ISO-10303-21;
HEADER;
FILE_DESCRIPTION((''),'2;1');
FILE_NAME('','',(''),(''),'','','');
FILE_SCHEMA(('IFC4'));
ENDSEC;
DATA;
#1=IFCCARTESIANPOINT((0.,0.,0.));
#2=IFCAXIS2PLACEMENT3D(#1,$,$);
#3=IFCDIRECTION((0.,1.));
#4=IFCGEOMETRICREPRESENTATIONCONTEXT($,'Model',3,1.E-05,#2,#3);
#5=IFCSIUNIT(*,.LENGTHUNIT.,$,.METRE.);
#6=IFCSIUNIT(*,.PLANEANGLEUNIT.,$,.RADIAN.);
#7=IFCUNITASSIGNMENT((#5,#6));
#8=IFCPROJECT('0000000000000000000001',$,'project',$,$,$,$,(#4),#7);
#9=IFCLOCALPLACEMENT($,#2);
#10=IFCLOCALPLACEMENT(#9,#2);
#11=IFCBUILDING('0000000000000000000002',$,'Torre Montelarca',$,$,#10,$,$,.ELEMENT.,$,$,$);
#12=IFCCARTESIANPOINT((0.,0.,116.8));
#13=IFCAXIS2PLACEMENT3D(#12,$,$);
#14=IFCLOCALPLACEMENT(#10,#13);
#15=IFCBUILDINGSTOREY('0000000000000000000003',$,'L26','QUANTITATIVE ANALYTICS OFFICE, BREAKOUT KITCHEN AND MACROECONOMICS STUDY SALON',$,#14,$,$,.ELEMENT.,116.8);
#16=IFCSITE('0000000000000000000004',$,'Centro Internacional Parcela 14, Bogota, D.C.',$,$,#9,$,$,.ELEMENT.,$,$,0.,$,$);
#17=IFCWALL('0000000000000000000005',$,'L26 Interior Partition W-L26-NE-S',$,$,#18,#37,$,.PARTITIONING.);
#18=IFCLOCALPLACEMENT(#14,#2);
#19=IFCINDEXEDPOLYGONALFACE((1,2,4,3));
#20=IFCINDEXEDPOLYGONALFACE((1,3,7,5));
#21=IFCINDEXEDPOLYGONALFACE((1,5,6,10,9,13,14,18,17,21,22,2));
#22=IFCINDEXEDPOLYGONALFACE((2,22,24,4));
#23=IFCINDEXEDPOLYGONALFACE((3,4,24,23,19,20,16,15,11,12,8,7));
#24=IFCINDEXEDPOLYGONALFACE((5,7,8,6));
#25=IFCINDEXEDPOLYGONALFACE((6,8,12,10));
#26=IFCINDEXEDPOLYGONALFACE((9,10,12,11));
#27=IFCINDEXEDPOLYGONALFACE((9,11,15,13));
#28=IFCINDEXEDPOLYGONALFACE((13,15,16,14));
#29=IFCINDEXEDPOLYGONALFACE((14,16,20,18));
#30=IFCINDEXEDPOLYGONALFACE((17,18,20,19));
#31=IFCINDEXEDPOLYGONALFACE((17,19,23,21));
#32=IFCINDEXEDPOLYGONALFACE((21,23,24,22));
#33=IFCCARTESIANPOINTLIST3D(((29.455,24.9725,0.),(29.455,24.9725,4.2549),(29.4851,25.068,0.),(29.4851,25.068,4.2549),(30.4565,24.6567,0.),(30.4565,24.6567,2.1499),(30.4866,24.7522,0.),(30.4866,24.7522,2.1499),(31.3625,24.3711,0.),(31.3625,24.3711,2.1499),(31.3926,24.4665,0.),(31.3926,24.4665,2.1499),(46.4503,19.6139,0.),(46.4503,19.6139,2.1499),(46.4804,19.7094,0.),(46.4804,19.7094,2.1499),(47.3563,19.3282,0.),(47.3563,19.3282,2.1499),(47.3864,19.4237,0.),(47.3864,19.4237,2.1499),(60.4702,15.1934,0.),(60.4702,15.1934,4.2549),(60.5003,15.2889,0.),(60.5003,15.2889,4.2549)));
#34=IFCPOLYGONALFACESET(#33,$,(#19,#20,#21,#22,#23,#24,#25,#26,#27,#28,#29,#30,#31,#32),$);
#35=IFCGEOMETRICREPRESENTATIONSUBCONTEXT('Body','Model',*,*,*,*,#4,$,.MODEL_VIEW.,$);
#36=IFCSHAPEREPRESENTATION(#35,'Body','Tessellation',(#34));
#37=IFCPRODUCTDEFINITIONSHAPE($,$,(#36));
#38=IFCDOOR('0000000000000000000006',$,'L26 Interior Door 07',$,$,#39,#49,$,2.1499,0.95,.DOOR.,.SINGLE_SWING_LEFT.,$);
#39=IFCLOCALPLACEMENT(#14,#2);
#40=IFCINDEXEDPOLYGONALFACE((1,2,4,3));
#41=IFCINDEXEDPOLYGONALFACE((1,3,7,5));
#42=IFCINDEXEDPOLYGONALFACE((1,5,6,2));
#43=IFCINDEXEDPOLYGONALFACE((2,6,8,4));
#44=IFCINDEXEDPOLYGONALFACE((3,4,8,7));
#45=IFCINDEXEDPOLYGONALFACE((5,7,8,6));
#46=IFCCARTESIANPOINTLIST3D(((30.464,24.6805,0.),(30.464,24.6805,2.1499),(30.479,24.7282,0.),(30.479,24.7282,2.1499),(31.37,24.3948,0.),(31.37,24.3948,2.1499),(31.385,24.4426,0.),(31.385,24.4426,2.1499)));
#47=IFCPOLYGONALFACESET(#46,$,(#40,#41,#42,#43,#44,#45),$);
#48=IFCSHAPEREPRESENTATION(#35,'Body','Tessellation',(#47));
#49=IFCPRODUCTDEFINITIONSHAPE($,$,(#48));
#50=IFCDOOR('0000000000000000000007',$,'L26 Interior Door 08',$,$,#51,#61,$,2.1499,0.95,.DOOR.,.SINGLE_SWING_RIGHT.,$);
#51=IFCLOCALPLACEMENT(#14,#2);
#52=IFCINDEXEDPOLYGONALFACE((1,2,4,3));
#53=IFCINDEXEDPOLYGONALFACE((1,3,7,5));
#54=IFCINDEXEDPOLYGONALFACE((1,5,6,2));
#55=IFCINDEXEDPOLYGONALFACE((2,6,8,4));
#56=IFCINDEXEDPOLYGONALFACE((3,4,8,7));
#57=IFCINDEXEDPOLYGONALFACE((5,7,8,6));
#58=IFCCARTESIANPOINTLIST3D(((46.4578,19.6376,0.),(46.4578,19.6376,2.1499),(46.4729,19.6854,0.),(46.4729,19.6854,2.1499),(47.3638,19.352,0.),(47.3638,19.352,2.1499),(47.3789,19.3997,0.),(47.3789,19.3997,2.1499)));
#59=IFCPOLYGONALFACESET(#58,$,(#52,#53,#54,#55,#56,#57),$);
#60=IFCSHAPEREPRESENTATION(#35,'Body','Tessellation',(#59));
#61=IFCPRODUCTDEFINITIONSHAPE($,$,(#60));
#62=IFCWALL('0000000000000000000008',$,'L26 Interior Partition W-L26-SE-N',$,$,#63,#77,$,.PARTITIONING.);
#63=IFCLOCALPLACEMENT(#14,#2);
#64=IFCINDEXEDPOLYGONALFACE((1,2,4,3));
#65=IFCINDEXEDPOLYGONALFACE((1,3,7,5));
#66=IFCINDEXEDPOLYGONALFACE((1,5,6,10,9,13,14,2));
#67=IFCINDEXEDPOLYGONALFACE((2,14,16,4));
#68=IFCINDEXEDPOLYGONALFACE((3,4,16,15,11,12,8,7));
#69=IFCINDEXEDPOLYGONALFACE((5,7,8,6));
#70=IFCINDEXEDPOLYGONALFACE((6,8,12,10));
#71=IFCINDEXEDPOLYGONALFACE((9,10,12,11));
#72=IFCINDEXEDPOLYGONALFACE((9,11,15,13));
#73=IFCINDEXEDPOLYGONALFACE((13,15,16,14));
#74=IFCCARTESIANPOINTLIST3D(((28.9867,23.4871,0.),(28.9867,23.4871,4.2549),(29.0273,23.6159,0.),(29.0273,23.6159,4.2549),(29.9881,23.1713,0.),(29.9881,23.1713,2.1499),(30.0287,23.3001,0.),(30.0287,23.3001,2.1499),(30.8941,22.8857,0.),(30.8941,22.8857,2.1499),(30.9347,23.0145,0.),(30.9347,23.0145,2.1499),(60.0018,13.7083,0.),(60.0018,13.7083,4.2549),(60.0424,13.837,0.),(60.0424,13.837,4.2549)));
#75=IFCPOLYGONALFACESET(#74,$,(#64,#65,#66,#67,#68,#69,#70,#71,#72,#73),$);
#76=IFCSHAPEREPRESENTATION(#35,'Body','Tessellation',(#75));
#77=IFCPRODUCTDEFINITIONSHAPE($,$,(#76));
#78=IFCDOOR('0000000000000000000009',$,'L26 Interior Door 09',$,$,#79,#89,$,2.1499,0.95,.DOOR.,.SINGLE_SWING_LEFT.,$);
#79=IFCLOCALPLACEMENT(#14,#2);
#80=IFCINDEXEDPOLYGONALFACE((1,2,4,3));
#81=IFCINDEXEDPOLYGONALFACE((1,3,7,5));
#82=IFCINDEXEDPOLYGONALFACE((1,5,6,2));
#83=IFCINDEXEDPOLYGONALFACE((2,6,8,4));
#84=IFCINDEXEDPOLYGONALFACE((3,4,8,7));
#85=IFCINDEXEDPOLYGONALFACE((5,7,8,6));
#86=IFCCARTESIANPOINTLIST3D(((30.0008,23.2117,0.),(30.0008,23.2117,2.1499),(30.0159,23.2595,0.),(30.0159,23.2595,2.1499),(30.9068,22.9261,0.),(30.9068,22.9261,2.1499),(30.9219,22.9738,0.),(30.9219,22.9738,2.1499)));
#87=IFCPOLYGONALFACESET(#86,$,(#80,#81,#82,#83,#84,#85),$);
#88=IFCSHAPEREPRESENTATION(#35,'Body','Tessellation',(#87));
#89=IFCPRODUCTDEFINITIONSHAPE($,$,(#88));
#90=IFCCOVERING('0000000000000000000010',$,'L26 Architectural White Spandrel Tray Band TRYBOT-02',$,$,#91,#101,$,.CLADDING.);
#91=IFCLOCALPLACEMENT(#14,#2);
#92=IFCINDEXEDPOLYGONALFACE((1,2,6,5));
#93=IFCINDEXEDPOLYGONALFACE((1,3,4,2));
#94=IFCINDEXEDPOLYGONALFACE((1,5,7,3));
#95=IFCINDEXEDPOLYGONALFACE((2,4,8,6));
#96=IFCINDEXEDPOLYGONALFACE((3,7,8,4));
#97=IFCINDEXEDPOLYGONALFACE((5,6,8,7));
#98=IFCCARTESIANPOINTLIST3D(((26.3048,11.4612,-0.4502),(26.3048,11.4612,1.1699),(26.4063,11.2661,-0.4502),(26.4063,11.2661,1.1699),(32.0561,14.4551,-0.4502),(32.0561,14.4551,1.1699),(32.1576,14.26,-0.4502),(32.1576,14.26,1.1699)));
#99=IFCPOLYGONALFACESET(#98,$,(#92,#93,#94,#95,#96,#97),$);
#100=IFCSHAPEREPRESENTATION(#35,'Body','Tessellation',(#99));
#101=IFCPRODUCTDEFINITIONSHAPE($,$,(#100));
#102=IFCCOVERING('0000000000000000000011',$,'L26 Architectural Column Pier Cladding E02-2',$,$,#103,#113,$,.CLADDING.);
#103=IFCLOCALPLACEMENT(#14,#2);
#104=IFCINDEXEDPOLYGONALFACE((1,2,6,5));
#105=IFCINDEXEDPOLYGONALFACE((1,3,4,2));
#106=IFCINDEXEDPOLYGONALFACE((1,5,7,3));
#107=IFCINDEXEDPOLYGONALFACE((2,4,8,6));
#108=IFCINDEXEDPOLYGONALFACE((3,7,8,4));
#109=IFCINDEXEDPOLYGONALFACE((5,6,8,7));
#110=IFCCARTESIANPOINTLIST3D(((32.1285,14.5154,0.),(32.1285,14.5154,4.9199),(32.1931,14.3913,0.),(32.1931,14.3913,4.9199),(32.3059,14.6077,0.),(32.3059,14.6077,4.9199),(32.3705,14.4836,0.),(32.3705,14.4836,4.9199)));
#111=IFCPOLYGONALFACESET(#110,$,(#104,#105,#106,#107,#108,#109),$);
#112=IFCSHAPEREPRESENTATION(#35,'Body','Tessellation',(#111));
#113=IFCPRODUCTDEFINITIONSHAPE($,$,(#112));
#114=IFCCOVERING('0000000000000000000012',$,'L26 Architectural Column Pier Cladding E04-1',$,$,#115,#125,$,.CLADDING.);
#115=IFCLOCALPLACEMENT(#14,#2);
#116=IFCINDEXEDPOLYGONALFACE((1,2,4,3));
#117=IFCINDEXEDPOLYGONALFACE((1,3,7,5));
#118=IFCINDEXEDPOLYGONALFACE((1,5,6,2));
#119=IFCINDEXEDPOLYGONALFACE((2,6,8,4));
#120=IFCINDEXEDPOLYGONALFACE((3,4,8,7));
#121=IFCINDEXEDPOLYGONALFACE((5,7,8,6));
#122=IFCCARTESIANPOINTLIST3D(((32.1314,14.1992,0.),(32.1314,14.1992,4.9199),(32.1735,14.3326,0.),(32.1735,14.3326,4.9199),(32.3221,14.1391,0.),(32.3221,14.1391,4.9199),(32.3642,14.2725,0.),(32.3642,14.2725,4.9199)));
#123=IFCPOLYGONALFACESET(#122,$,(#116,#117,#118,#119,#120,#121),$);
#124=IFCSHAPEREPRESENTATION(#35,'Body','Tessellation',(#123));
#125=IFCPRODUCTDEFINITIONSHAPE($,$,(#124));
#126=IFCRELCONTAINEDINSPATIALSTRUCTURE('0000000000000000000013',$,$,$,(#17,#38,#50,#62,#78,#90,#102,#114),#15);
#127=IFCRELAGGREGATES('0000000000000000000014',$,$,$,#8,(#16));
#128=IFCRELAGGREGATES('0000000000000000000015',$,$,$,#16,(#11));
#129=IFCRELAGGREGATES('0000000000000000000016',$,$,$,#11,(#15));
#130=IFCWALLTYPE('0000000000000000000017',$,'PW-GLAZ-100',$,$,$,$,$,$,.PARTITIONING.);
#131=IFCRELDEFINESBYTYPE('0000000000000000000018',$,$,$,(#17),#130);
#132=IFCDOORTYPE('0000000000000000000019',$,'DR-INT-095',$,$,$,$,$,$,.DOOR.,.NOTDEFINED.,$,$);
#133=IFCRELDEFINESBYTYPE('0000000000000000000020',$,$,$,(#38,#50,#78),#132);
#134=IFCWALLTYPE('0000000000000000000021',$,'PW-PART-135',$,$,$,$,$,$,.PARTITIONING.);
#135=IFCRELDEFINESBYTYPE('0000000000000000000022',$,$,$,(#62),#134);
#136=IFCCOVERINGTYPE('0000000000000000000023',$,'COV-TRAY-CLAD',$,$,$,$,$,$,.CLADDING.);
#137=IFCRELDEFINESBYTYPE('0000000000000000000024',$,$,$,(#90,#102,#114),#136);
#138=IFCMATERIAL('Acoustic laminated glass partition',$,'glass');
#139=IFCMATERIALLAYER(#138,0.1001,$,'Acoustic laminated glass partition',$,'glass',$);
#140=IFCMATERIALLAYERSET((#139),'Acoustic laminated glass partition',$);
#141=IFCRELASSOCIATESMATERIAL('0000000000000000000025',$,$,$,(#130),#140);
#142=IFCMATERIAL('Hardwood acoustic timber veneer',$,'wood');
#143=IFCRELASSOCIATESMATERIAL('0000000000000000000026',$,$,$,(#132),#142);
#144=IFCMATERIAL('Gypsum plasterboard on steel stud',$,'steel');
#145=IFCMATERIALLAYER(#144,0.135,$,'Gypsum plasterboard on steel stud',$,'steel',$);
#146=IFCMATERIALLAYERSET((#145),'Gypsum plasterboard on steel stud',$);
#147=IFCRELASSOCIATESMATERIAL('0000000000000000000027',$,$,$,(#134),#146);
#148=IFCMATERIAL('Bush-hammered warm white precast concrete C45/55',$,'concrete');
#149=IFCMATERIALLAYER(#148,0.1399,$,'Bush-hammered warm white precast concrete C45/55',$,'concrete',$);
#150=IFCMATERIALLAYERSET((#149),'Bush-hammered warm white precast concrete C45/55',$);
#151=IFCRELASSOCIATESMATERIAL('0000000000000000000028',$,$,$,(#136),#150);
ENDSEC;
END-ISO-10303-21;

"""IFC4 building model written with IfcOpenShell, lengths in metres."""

from ifc_helpers import new_model, si_unit, direction, frame, frame_2d, origin, origin_2d, place, context, subcontext, project, spatial, rectangle, extrude, source, transform, mapped, material, layer, layer_set, type_object, element, fill, save


model = new_model("IFC4")

# Units and contexts
model_context = context("Model", 3, precision=1e-05, world=origin(), true_north=direction((0.0, 1.0)))
body_context = subcontext(model_context, "Body", "Model", "MODEL_VIEW")
ifc_project = project(units=[si_unit("LENGTHUNIT", "METRE"), si_unit("PLANEANGLEUNIT", "RADIAN")], contexts=[model_context])

# Site, building, storey
site_placement = place(None, origin())
site = spatial("IfcSite", under=ifc_project, at=site_placement, Name="Centro Internacional Parcela 14, Bogota, D.C.", CompositionType="ELEMENT", RefElevation=0.0)
building_placement = place(site_placement, origin())
building = spatial("IfcBuilding", under=site, at=building_placement, Name="Torre Montelarca", CompositionType="ELEMENT")
storey_placement = place(building_placement, frame((0.0, 0.0, 116.8)))
storey = spatial("IfcBuildingStorey", under=building, at=storey_placement, Name="L26", Description="QUANTITATIVE ANALYTICS OFFICE, BREAKOUT KITCHEN AND MACROECONOMICS STUDY SALON", CompositionType="ELEMENT", Elevation=116.8)

# Shared definitions
ifc_material_1 = material(Name="Gypsum plasterboard on steel stud", Category="steel")

# Wall, openings, doors
ifc_material_2 = material(Name="Acoustic laminated glass partition", Category="glass")
ifc_layer_1 = layer(ifc_material_2, 0.1001, Name="Acoustic laminated glass partition", Category="glass")
ifc_layer_set_1 = layer_set([ifc_layer_1], Name="Acoustic laminated glass partition")
wall_type_1 = type_object("IfcWallType", Name="PW-GLAZ-100", PredefinedType="PARTITIONING", material=ifc_layer_set_1)
wall_1_placement = place(storey_placement, frame((29.47, 25.0203, 0.0), z_axis=(0.0, 0.0, 1.0), x_axis=(0.953717, -0.300706, 0.0)))
wall_1 = element("IfcWall", 1, at=wall_1_placement, inside=storey, type_object=wall_type_1, Name="L26 Interior Partition W-L26-NE-S", PredefinedType="PARTITIONING", context=body_context, shape_type="SweptSolid", body=[
    extrude(rectangle(XDim=32.5203, YDim=0.1001, at=frame_2d((16.2603, 0.0))), origin(), (0.0, 0.0, 1.0), 4.2549),
])
opening_1_placement = place(wall_1_placement, frame((1.05, 0.0, 0.0)))
opening_1 = element("IfcOpeningElement", 2, at=opening_1_placement, cuts=wall_1, PredefinedType="OPENING", context=body_context, shape_type="SweptSolid", body=[
    extrude(rectangle(XDim=0.95, YDim=2.1499, at=frame_2d((0.4751, 1.075))), frame((0.0, 0.0601, 0.0), z_axis=(0.0, -1.0, 0.0), x_axis=(1.0, 0.0, 0.0)), (0.0, 0.0, 1.0), 0.1201),
])
opening_2_placement = place(wall_1_placement, frame((17.8201, 0.0, 0.0)))
opening_2 = element("IfcOpeningElement", 3, at=opening_2_placement, cuts=wall_1, PredefinedType="OPENING", context=body_context, shape_type="SweptSolid", body=[
    extrude(rectangle(XDim=0.95, YDim=2.1499, at=frame_2d((0.4751, 1.075))), frame((0.0, 0.0601, 0.0), z_axis=(0.0, -1.0, 0.0), x_axis=(1.0, 0.0, 0.0)), (0.0, 0.0, 1.0), 0.1201),
])
ifc_material_3 = material(Name="Hardwood acoustic timber veneer", Category="wood")
door_type_1 = type_object("IfcDoorType", Name="DR-INT-095", OperationType="NOTDEFINED", PredefinedType="DOOR", material=ifc_material_3)
shared_shape_1 = source(origin(), body_context, "Body", "SweptSolid", [
    extrude(rectangle(XDim=0.95, YDim=2.1499, at=frame_2d((0.4751, 1.075))), frame((0.0, 0.0249, 0.0), z_axis=(0.0, -1.0, 0.0), x_axis=(1.0, 0.0, 0.0)), (0.0, 0.0, 1.0), 0.05),
])
door_1_placement = place(opening_1_placement, origin())
door_1 = element("IfcDoor", 4, at=door_1_placement, inside=storey, type_object=door_type_1, Name="L26 Interior Door 07", OperationType="SINGLE_SWING_LEFT", OverallHeight=2.1499, OverallWidth=0.95, PredefinedType="DOOR", context=body_context, shape_type="MappedRepresentation", body=[
    mapped(shared_shape_1, transform((0.0, 0.0, 0.0), scale=1.0)),
])
fill(opening_1, door_1)
door_2_placement = place(opening_2_placement, origin())
door_2 = element("IfcDoor", 5, at=door_2_placement, inside=storey, type_object=door_type_1, Name="L26 Interior Door 08", OperationType="SINGLE_SWING_RIGHT", OverallHeight=2.1499, OverallWidth=0.95, PredefinedType="DOOR", context=body_context, shape_type="MappedRepresentation", body=[
    mapped(shared_shape_1, transform((0.0, 0.0, 0.0), scale=1.0)),
])
fill(opening_2, door_2)

# Wall, opening, door
ifc_layer_2 = layer(ifc_material_1, 0.135, Name="Gypsum plasterboard on steel stud", Category="steel")
ifc_layer_set_2 = layer_set([ifc_layer_2], Name="Gypsum plasterboard on steel stud")
wall_type_2 = type_object("IfcWallType", Name="PW-PART-135", PredefinedType="PARTITIONING", material=ifc_layer_set_2)
wall_2_placement = place(storey_placement, frame((29.0068, 23.5515, 0.0), z_axis=(0.0, 0.0, 1.0), x_axis=(0.953719, -0.300699, 0.0)))
wall_2 = element("IfcWall", 6, at=wall_2_placement, inside=storey, type_object=wall_type_2, Name="L26 Interior Partition W-L26-SE-N", PredefinedType="PARTITIONING", context=body_context, shape_type="SweptSolid", body=[
    extrude(rectangle(XDim=32.5203, YDim=0.135, at=frame_2d((16.2603, 0.0))), origin(), (0.0, 0.0, 1.0), 4.2549),
])
opening_3_placement = place(wall_2_placement, frame((1.05, 0.0, 0.0)))
opening_3 = element("IfcOpeningElement", 7, at=opening_3_placement, cuts=wall_2, PredefinedType="OPENING", context=body_context, shape_type="SweptSolid", body=[
    extrude(rectangle(XDim=0.95, YDim=2.1499, at=frame_2d((0.4751, 1.075))), frame((0.0, 0.0776, 0.0), z_axis=(0.0, -1.0, 0.0), x_axis=(1.0, 0.0, 0.0)), (0.0, 0.0, 1.0), 0.155),
])
door_3_placement = place(opening_3_placement, origin())
door_3 = element("IfcDoor", 8, at=door_3_placement, inside=storey, type_object=door_type_1, Name="L26 Interior Door 09", OperationType="SINGLE_SWING_LEFT", OverallHeight=2.1499, OverallWidth=0.95, PredefinedType="DOOR", context=body_context, shape_type="MappedRepresentation", body=[
    mapped(shared_shape_1, transform((0.0, 0.0, 0.0), scale=1.0)),
])
fill(opening_3, door_3)

# Coverings
ifc_material_4 = material(Name="Bush-hammered warm white precast concrete C45/55", Category="concrete")
ifc_layer_3 = layer(ifc_material_4, 0.1399, Name="Bush-hammered warm white precast concrete C45/55", Category="concrete")
ifc_layer_set_3 = layer_set([ifc_layer_3], Name="Bush-hammered warm white precast concrete C45/55")
covering_type = type_object("IfcCoveringType", Name="COV-TRAY-CLAD", PredefinedType="CLADDING", material=ifc_layer_set_3)
shared_shape_2 = source(origin(), body_context, "Body", "SweptSolid", [
    extrude(rectangle(XDim=6.4839, YDim=0.22, at=origin_2d()), origin(), (0.0, 0.0, 1.0), 1.6201),
])
covering_placement = place(storey_placement, frame((29.2312, 12.8606, -0.4502), z_axis=(0.0, 0.0, 1.0), x_axis=(0.887014, 0.461742, 0.0)))
element("IfcCovering", 9, at=covering_placement, inside=storey, type_object=covering_type, Name="L26 Architectural White Spandrel Tray Band TRYBOT-02", PredefinedType="CLADDING", context=body_context, shape_type="MappedRepresentation", body=[
    mapped(shared_shape_2, transform((0.0, 0.0, 0.0), scale=1.0)),
])
shared_shape_3 = source(origin(), body_context, "Body", "SweptSolid", [
    extrude(rectangle(XDim=0.2, YDim=0.1399, at=origin_2d()), origin(), (0.0, 0.0, 1.0), 4.9199),
])
for number, where, z_axis, x_axis, name in (
    (10, (32.2495, 14.4995, 0.0), (0.0, 0.0, 1.0), (0.887012, 0.461747, 0.0), "L26 Architectural Column Pier Cladding E02-2"),
    (11, (32.2478, 14.2358, 0.0), (0.0, 0.0, 1.0), (0.953718, -0.300702, 0.0), "L26 Architectural Column Pier Cladding E04-1"),
):
    element("IfcCovering", number, at=place(storey_placement, frame(where, z_axis=z_axis, x_axis=x_axis)), inside=storey, type_object=covering_type, Name=name, PredefinedType="CLADDING", context=body_context, shape_type="MappedRepresentation", body=[
        mapped(shared_shape_3, transform((0.0, 0.0, 0.0), scale=1.0)),
    ])

save(model, "model.ifc")
